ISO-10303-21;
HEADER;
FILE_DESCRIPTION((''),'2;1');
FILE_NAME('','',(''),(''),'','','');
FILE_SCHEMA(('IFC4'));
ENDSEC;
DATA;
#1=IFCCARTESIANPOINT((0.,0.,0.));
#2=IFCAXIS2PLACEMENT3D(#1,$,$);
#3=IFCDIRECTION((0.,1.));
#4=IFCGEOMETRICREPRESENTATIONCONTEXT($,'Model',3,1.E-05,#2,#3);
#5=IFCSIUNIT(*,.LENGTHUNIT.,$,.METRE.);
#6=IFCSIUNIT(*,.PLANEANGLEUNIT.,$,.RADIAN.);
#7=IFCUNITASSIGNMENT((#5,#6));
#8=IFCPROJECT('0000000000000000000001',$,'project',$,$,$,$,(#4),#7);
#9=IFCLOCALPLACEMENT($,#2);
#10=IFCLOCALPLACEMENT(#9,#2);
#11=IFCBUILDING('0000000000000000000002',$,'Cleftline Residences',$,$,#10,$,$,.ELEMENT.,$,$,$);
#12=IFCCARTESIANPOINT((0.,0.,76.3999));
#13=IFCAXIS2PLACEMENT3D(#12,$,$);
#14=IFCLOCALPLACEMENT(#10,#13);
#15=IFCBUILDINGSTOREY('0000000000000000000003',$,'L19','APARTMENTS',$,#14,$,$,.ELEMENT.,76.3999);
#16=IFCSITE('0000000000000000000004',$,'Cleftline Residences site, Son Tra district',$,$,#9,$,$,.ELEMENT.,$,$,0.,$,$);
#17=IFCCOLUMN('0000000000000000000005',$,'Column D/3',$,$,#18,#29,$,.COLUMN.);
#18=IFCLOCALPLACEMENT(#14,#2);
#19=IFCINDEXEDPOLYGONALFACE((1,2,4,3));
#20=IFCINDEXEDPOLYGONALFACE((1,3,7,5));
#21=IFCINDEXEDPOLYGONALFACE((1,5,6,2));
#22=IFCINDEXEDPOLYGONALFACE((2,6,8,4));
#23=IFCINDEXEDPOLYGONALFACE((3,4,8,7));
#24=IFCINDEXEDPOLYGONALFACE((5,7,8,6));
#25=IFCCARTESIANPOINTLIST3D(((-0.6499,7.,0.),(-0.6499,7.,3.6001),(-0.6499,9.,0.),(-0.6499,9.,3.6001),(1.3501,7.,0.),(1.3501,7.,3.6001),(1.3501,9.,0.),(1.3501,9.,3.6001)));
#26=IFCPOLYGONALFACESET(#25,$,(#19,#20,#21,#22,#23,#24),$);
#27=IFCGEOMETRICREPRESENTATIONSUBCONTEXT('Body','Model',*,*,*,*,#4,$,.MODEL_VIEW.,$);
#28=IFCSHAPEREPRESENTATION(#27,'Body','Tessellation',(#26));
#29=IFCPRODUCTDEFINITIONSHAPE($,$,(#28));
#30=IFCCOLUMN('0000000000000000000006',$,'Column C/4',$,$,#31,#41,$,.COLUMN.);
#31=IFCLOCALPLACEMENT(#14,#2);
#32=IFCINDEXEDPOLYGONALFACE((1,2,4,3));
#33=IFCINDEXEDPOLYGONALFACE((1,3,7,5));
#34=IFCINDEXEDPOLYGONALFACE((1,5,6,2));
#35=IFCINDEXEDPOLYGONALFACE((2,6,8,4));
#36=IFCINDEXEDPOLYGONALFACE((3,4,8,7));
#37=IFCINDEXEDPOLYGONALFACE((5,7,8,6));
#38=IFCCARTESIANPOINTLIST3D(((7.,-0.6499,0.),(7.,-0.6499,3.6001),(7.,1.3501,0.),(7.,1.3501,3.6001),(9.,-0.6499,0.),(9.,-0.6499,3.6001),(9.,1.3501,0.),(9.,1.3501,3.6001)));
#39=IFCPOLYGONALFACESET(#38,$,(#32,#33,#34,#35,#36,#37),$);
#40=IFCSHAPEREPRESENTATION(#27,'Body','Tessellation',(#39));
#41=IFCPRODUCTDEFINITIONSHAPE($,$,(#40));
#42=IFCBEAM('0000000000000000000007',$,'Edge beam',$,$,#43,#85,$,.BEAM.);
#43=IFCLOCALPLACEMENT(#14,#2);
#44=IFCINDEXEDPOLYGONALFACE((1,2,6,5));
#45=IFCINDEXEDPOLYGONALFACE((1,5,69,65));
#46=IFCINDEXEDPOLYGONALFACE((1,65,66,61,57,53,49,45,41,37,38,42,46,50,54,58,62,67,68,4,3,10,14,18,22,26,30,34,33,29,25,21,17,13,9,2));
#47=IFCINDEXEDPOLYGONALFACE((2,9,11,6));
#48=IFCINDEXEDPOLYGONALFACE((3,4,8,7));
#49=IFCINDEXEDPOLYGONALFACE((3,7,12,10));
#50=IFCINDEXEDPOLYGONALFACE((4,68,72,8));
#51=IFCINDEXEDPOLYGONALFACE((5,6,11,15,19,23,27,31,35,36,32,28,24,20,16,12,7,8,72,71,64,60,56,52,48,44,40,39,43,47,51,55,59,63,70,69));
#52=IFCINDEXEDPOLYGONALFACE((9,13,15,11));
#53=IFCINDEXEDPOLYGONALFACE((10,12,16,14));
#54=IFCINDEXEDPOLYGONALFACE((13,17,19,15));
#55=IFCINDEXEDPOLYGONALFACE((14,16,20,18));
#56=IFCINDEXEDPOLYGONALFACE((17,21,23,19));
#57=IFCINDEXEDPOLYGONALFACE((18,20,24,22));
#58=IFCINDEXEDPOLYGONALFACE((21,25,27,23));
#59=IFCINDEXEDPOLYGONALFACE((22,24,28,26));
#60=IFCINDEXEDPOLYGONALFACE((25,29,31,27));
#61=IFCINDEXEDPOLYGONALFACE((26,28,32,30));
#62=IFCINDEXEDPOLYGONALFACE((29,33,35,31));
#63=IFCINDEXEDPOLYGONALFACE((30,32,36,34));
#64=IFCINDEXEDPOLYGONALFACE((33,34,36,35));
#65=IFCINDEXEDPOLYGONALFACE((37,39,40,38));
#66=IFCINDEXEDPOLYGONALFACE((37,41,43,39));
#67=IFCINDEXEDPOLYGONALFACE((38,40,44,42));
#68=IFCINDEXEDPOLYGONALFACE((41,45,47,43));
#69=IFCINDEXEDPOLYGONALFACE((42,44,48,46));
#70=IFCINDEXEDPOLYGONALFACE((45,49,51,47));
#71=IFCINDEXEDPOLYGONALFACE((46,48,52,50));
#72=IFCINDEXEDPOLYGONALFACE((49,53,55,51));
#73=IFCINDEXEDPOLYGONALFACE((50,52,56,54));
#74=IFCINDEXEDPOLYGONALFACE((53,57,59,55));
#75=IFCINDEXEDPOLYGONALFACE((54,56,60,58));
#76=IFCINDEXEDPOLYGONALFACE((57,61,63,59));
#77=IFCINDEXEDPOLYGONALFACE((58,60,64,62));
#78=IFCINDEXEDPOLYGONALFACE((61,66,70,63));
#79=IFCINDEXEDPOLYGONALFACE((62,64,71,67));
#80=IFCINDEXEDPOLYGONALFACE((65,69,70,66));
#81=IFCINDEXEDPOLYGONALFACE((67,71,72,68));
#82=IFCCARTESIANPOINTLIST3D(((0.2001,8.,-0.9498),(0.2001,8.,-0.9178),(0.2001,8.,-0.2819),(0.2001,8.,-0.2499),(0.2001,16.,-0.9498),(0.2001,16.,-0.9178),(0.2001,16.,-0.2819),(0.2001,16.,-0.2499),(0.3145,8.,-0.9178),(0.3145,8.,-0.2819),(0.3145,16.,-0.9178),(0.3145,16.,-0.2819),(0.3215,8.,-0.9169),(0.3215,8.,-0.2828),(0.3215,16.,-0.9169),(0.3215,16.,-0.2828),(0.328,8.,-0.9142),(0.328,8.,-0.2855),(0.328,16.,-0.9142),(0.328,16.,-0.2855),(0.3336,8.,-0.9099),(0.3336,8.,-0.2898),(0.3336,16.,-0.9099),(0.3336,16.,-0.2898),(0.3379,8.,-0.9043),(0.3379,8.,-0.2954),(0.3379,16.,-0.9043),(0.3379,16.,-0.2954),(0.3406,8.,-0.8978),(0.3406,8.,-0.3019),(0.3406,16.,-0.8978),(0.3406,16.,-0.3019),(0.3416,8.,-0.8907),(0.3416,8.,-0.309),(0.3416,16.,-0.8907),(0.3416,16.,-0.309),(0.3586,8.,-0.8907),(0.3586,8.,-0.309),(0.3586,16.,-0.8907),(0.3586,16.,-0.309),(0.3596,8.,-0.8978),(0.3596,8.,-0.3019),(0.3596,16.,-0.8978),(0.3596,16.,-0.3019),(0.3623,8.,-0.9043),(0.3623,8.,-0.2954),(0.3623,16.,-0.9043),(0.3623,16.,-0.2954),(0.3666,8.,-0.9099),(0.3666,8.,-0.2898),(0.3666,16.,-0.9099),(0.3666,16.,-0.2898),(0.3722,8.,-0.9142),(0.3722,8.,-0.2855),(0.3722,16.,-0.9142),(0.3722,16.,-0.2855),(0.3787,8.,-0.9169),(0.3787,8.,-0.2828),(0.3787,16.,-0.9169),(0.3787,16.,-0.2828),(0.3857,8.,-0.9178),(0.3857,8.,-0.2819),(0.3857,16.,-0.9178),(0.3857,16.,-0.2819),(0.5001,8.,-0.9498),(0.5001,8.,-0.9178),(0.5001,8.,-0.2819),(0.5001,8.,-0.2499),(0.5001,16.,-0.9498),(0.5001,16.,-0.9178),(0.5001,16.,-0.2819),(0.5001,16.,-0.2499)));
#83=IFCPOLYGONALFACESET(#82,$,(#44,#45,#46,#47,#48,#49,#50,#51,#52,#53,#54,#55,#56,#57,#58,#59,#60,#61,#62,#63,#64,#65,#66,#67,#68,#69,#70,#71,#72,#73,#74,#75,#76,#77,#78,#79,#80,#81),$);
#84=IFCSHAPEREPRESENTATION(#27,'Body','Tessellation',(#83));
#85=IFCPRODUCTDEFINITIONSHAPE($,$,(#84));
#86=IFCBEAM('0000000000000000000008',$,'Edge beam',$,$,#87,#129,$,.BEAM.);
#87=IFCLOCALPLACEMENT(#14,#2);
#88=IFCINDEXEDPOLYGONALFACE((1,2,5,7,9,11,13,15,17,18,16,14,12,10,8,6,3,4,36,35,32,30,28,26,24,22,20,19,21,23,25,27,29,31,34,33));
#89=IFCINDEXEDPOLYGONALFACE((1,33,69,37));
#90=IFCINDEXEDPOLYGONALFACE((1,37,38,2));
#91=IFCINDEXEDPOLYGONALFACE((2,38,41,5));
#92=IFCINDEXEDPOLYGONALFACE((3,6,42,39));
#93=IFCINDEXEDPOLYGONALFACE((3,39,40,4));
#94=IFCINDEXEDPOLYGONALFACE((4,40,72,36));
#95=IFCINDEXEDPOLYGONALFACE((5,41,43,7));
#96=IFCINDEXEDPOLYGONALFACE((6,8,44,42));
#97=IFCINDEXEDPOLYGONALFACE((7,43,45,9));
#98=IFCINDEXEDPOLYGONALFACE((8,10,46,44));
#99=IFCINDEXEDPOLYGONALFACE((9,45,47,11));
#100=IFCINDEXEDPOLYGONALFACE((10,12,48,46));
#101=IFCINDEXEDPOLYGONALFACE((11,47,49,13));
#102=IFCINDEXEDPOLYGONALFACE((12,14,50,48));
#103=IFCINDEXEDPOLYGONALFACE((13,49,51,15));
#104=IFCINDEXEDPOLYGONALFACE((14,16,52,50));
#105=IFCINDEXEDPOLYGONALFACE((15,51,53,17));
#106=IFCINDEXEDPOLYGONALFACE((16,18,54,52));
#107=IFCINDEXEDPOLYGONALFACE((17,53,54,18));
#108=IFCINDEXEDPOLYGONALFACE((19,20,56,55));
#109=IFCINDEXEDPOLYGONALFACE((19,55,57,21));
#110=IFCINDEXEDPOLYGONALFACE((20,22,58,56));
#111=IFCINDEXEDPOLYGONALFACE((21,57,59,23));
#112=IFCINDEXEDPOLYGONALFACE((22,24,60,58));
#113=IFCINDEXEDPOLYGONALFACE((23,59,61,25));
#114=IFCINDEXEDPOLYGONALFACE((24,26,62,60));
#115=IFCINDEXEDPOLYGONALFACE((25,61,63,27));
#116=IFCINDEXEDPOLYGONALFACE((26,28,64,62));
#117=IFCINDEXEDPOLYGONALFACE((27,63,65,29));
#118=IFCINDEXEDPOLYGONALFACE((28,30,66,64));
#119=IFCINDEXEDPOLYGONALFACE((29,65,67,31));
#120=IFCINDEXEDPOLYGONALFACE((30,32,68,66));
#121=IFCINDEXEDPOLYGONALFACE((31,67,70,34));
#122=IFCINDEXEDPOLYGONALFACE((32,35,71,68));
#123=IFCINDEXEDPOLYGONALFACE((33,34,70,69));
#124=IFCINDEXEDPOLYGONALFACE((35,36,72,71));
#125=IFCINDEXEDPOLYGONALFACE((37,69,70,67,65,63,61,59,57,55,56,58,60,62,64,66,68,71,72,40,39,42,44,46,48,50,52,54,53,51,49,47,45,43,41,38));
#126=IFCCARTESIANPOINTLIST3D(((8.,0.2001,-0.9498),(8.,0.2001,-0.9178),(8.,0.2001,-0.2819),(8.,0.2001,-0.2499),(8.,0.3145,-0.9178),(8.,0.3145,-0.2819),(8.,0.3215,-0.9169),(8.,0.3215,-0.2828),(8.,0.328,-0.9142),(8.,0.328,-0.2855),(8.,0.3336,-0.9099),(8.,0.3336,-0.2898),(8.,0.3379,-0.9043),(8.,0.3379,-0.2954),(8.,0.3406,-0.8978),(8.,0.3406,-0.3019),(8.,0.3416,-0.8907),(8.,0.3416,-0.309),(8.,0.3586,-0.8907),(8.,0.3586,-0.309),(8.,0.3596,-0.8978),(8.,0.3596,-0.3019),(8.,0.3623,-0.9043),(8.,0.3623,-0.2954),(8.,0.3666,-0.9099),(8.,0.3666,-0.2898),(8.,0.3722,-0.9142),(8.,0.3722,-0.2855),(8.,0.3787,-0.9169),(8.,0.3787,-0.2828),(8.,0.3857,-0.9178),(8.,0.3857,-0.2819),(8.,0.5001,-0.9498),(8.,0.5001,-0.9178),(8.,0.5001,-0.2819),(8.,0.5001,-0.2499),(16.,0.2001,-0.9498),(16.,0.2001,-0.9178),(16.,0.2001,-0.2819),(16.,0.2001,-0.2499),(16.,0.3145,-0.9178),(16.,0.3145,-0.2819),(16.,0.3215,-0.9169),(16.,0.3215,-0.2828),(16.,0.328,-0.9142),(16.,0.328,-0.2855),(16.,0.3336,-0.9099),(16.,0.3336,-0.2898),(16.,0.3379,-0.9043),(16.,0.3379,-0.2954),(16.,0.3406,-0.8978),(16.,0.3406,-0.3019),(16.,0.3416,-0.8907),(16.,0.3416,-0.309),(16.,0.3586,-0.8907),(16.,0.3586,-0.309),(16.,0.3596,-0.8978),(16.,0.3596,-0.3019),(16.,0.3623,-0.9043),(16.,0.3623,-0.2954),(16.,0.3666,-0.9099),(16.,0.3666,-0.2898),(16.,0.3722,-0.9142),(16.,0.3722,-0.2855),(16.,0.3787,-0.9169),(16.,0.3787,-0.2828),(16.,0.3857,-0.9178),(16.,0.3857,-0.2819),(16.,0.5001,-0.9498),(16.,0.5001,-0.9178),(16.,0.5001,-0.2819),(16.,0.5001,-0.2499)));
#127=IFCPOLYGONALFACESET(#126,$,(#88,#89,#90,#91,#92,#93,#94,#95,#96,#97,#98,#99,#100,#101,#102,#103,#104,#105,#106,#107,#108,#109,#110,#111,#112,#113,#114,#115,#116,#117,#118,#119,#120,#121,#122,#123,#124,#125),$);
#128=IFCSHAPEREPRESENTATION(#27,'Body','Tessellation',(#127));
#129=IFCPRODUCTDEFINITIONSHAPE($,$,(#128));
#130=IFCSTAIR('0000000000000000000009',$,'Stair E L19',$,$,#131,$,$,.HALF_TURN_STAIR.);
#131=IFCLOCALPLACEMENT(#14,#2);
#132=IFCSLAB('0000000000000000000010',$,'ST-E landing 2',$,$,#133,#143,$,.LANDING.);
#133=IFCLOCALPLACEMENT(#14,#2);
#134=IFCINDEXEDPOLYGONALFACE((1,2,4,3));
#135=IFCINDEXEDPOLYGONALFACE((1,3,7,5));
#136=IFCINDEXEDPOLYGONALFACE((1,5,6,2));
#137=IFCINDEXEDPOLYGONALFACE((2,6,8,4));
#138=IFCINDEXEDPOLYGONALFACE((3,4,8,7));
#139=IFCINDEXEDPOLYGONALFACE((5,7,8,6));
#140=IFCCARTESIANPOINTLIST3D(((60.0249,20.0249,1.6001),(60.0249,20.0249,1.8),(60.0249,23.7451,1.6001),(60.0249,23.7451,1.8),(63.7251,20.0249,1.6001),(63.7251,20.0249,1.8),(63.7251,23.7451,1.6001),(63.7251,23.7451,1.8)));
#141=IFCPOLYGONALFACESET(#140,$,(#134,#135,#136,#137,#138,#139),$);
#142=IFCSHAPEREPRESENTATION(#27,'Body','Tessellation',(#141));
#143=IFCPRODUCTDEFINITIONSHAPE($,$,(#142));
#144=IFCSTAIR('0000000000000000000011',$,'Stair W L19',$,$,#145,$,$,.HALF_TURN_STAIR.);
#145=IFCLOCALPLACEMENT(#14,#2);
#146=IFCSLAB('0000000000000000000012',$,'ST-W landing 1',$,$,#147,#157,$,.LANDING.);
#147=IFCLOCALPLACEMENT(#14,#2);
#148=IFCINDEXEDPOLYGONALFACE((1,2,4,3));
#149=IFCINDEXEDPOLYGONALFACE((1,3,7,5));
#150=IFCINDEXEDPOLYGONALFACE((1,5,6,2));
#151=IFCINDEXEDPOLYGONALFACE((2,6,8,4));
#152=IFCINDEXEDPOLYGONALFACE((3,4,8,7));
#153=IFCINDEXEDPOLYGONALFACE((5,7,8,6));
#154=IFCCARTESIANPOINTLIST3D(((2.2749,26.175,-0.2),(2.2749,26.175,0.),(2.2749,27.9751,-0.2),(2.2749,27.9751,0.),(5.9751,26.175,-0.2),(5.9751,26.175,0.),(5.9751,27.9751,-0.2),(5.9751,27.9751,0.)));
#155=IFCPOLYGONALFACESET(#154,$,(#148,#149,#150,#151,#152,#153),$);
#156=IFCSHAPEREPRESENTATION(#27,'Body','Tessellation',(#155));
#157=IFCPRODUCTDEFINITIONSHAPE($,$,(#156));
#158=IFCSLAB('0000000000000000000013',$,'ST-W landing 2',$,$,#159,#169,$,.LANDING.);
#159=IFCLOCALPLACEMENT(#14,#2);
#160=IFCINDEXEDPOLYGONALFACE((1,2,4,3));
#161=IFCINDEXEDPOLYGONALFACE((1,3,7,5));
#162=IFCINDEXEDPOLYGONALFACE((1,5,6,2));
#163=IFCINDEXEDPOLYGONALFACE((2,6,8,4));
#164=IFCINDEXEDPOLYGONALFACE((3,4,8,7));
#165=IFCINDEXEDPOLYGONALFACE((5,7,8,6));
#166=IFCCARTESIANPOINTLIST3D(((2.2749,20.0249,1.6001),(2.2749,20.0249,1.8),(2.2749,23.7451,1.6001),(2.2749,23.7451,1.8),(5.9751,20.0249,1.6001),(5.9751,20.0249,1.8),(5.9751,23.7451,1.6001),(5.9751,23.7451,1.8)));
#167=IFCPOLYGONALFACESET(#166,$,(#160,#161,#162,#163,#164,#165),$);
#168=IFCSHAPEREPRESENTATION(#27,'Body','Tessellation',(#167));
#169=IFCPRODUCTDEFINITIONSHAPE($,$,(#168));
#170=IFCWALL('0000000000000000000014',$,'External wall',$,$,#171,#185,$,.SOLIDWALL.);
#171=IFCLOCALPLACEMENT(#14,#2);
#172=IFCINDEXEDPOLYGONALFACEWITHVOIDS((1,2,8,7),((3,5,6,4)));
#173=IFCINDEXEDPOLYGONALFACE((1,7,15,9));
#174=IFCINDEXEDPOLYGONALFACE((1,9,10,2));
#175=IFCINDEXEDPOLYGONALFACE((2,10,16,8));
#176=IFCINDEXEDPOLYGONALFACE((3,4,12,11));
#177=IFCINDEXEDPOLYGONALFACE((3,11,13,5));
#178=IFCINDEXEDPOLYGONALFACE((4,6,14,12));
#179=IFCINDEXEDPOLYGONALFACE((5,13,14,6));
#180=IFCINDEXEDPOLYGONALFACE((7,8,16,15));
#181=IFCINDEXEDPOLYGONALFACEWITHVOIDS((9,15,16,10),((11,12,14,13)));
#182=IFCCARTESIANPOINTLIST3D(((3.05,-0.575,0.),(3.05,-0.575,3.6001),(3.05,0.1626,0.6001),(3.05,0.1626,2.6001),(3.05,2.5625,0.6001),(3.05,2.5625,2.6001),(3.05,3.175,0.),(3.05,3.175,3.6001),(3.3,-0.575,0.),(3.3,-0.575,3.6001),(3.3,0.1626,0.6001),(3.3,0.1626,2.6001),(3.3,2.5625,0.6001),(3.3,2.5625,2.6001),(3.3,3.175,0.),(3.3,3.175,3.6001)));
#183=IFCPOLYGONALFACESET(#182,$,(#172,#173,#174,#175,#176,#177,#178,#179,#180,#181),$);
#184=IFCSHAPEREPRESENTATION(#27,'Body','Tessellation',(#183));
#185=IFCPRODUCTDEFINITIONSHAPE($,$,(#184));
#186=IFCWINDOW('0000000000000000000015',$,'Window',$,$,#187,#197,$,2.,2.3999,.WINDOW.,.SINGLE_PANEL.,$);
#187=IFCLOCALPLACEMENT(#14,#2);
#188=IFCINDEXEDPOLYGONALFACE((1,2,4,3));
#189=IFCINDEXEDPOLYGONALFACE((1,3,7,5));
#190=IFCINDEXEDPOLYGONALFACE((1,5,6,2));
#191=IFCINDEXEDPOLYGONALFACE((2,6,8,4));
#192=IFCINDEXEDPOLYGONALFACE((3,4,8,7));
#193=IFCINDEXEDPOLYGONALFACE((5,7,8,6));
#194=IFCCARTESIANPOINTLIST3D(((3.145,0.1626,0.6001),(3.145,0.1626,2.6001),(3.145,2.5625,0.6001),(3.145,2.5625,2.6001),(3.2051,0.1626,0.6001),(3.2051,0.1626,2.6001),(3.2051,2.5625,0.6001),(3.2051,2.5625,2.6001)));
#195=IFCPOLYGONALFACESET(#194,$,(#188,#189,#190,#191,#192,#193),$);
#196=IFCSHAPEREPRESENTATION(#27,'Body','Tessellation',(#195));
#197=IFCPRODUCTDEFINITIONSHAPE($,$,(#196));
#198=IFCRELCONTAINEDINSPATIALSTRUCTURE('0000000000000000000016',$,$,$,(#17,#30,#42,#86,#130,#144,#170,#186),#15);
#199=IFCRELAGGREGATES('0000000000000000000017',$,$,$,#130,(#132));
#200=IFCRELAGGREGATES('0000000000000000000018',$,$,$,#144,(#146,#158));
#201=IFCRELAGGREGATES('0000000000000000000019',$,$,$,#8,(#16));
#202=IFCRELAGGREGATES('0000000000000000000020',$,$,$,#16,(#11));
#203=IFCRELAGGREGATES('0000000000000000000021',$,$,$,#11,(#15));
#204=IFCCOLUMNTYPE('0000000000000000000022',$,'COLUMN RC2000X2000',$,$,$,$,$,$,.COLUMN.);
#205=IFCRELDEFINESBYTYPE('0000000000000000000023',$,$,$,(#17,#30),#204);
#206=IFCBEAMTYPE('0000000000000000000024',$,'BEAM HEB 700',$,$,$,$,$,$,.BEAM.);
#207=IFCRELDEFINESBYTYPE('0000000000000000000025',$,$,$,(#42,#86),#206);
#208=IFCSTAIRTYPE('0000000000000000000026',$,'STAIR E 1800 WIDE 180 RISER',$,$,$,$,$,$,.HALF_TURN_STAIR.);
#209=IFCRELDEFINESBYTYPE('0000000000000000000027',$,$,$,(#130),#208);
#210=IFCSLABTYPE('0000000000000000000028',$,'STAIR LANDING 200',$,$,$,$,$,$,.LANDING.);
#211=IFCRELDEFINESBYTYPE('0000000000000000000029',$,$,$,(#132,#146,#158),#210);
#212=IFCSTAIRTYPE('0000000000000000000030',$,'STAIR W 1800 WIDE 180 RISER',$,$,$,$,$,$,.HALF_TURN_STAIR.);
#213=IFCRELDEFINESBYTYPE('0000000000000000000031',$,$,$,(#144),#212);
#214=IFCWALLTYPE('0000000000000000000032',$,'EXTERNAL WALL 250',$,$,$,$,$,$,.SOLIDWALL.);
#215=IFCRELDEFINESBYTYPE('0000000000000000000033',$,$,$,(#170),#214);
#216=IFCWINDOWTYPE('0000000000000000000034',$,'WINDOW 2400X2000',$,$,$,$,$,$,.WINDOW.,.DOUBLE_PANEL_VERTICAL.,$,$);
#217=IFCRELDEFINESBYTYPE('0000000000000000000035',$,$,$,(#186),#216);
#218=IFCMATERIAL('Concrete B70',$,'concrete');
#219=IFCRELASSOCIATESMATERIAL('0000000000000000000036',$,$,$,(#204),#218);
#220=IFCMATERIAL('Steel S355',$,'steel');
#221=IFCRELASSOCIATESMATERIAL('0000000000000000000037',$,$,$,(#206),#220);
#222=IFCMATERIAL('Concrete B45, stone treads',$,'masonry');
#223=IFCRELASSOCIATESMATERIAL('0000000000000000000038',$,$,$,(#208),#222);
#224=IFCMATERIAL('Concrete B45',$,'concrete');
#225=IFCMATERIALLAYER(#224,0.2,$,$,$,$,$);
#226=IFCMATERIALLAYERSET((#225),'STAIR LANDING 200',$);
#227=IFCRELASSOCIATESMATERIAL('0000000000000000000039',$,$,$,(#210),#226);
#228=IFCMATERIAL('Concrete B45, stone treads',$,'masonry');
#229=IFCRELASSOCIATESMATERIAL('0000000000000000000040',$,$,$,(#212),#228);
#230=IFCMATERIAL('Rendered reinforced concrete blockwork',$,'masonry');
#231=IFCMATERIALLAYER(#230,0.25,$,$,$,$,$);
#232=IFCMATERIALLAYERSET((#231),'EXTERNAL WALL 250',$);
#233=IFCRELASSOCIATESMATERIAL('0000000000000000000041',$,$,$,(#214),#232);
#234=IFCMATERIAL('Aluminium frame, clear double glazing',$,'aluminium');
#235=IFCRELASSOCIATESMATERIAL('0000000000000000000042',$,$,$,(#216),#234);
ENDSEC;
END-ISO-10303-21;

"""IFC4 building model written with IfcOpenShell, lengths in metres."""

from ifc_helpers import new_model, si_unit, direction, frame, frame_2d, origin, origin_2d, place, context, subcontext, project, spatial, polyline, rectangle, i_section, outline, extrude, material, layer, layer_set, material_profile, profile_set, type_object, element, fill, aggregate, save


model = new_model("IFC4")

# Units and contexts
model_context = context("Model", 3, precision=1e-05, world=origin(), true_north=direction((0.0, 1.0)))
body_context = subcontext(model_context, "Body", "Model", "MODEL_VIEW")
ifc_project = project(units=[si_unit("LENGTHUNIT", "METRE"), si_unit("PLANEANGLEUNIT", "RADIAN")], contexts=[model_context])

# Site, building, storey
site_placement = place(None, origin())
site = spatial("IfcSite", under=ifc_project, at=site_placement, Name="Cleftline Residences site, Son Tra district", CompositionType="ELEMENT", RefElevation=0.0)
building_placement = place(site_placement, origin())
building = spatial("IfcBuilding", under=site, at=building_placement, Name="Cleftline Residences", CompositionType="ELEMENT")
storey_placement = place(building_placement, frame((0.0, 0.0, 76.3999)))
storey = spatial("IfcBuildingStorey", under=building, at=storey_placement, Name="L19", Description="APARTMENTS", CompositionType="ELEMENT", Elevation=76.3999)

# Columns
ifc_material_1 = material(Name="Concrete B70", Category="concrete")
ifc_material_profile_1 = material_profile(ifc_material_1, rectangle(XDim=2.0, YDim=2.0, at=origin_2d()))
ifc_profile_set_1 = profile_set([ifc_material_profile_1], Name="Concrete B70")
column_type = type_object("IfcColumnType", Name="COLUMN RC2000X2000", PredefinedType="COLUMN", material=ifc_profile_set_1)
for number, where, z_axis, x_axis, name in (
    (1, (0.3501, 8.0, 0.0), (0.0, 0.0, 1.0), (1.0, 0.0, 0.0), "Column D/3"),
    (2, (8.0, 0.3501, 0.0), (0.0, 0.0, 1.0), (1.0, 0.0, 0.0), "Column C/4"),
):
    element("IfcColumn", number, at=place(storey_placement, frame(where, z_axis=z_axis, x_axis=x_axis)), inside=storey, type_object=column_type, Name=name, PredefinedType="COLUMN", context=body_context, shape_type="SweptSolid", body=[
        extrude(rectangle(XDim=2.0, YDim=2.0, at=origin_2d()), origin(), (0.0, 0.0, 1.0), 3.6001),
    ])

# Beams
ifc_material_2 = material(Name="Steel S355", Category="steel")
ifc_material_profile_2 = material_profile(ifc_material_2, i_section(OverallWidth=0.3, OverallDepth=0.7, WebThickness=0.0171, FlangeThickness=0.032, FilletRadius=0.0271, at=origin_2d()))
ifc_profile_set_2 = profile_set([ifc_material_profile_2], Name="Steel S355")
beam_type = type_object("IfcBeamType", Name="BEAM HEB 700", PredefinedType="BEAM", material=ifc_profile_set_2)
for number, where, z_axis, x_axis, name in (
    (3, (0.3501, 8.0, -0.5999), (0.0, 1.0, 0.0), (-1.0, 0.0, 0.0), "Edge beam"),
    (4, (8.0, 0.3501, -0.5999), (1.0, 0.0, 0.0), (0.0, 1.0, 0.0), "Edge beam"),
):
    element("IfcBeam", number, at=place(storey_placement, frame(where, z_axis=z_axis, x_axis=x_axis)), inside=storey, type_object=beam_type, Name=name, PredefinedType="BEAM", context=body_context, shape_type="SweptSolid", body=[
        extrude(i_section(OverallWidth=0.3, OverallDepth=0.7, WebThickness=0.0171, FlangeThickness=0.032, FilletRadius=0.0271, at=origin_2d()), origin(), (0.0, 0.0, 1.0), 8.0),
    ])

# Stair, slab
ifc_material_3 = material(Name="Concrete B45, stone treads", Category="masonry")
stair_type_1 = type_object("IfcStairType", Name="STAIR E 1800 WIDE 180 RISER", PredefinedType="HALF_TURN_STAIR", material=ifc_material_3)
stair_1_placement = place(storey_placement, origin())
stair_1 = element("IfcStair", 5, at=stair_1_placement, inside=storey, type_object=stair_type_1, Name="Stair E L19", PredefinedType="HALF_TURN_STAIR")
ifc_material_4 = material(Name="Concrete B45", Category="concrete")
ifc_layer_1 = layer(ifc_material_4, 0.2)
ifc_layer_set_1 = layer_set([ifc_layer_1], Name="STAIR LANDING 200")
slab_type = type_object("IfcSlabType", Name="STAIR LANDING 200", PredefinedType="LANDING", material=ifc_layer_set_1)
slab_1_placement = place(storey_placement, frame((0.0, 0.0, 1.6001)))
slab_1 = element("IfcSlab", 6, at=slab_1_placement, type_object=slab_type, Name="ST-E landing 2", PredefinedType="LANDING", context=body_context, shape_type="SweptSolid", body=[
    extrude(outline(polyline([(60.0249, 20.0249), (63.7251, 20.0249), (63.7251, 23.7451), (60.0249, 23.7451), (60.0249, 20.0249)])), origin(), (0.0, 0.0, 1.0), 0.2),
])
aggregate(stair_1, [slab_1])

# Stair, slabs
ifc_material_5 = material(Name="Concrete B45, stone treads", Category="masonry")
stair_type_2 = type_object("IfcStairType", Name="STAIR W 1800 WIDE 180 RISER", PredefinedType="HALF_TURN_STAIR", material=ifc_material_5)
stair_2_placement = place(storey_placement, origin())
stair_2 = element("IfcStair", 7, at=stair_2_placement, inside=storey, type_object=stair_type_2, Name="Stair W L19", PredefinedType="HALF_TURN_STAIR")
slab_2_placement = place(storey_placement, frame((0.0, 0.0, -0.2)))
slab_2 = element("IfcSlab", 8, at=slab_2_placement, type_object=slab_type, Name="ST-W landing 1", PredefinedType="LANDING", context=body_context, shape_type="SweptSolid", body=[
    extrude(outline(polyline([(2.2749, 26.175), (5.9751, 26.175), (5.9751, 27.9751), (2.2749, 27.9751), (2.2749, 26.175)])), origin(), (0.0, 0.0, 1.0), 0.2),
])
slab_3_placement = place(storey_placement, frame((0.0, 0.0, 1.6001)))
slab_3 = element("IfcSlab", 9, at=slab_3_placement, type_object=slab_type, Name="ST-W landing 2", PredefinedType="LANDING", context=body_context, shape_type="SweptSolid", body=[
    extrude(outline(polyline([(2.2749, 20.0249), (5.9751, 20.0249), (5.9751, 23.7451), (2.2749, 23.7451), (2.2749, 20.0249)])), origin(), (0.0, 0.0, 1.0), 0.2),
])
aggregate(stair_2, [slab_2, slab_3])

# Wall, opening, window
ifc_material_6 = material(Name="Rendered reinforced concrete blockwork", Category="masonry")
ifc_layer_2 = layer(ifc_material_6, 0.25)
ifc_layer_set_2 = layer_set([ifc_layer_2], Name="EXTERNAL WALL 250")
wall_type_1 = type_object("IfcWallType", Name="EXTERNAL WALL 250", PredefinedType="SOLIDWALL", material=ifc_layer_set_2)
wall_1_placement = place(storey_placement, frame((3.175, 3.175, 0.0), z_axis=(0.0, 0.0, 1.0), x_axis=(0.0, -1.0, 0.0)))
wall_1 = element("IfcWall", 10, at=wall_1_placement, inside=storey, type_object=wall_type_1, Name="External wall", PredefinedType="SOLIDWALL", context=body_context, shape_type="SweptSolid", body=[
    extrude(rectangle(XDim=3.75, YDim=0.25, at=frame_2d((1.875, 0.0))), origin(), (0.0, 0.0, 1.0), 3.6001),
])
opening_1_placement = place(wall_1_placement, frame((0.6125, 0.0, 0.6001)))
opening_1 = element("IfcOpeningElement", 11, at=opening_1_placement, cuts=wall_1, PredefinedType="OPENING", context=body_context, shape_type="SweptSolid", body=[
    extrude(rectangle(XDim=2.3999, YDim=2.0, at=frame_2d((1.2, 1.0))), frame((0.0, 0.135, 0.0), z_axis=(0.0, -1.0, 0.0), x_axis=(1.0, 0.0, 0.0)), (0.0, 0.0, 1.0), 0.27),
])
ifc_material_7 = material(Name="Aluminium frame, clear double glazing", Category="aluminium")
window_type_1 = type_object("IfcWindowType", Name="WINDOW 2400X2000", PartitioningType="DOUBLE_PANEL_VERTICAL", PredefinedType="WINDOW", material=ifc_material_7)
window_1_placement = place(opening_1_placement, origin())
window_1 = element("IfcWindow", 12, at=window_1_placement, inside=storey, type_object=window_type_1, Name="Window", OverallHeight=2.0, OverallWidth=2.3999, PartitioningType="SINGLE_PANEL", PredefinedType="WINDOW", context=body_context, shape_type="SweptSolid", body=[
    extrude(rectangle(XDim=2.3999, YDim=2.0, at=frame_2d((1.2, 1.0))), frame((0.0, 0.03, 0.0), z_axis=(0.0, -1.0, 0.0), x_axis=(1.0, 0.0, 0.0)), (0.0, 0.0, 1.0), 0.0601),
])
fill(opening_1, window_1)

save(model, "model.ifc")
